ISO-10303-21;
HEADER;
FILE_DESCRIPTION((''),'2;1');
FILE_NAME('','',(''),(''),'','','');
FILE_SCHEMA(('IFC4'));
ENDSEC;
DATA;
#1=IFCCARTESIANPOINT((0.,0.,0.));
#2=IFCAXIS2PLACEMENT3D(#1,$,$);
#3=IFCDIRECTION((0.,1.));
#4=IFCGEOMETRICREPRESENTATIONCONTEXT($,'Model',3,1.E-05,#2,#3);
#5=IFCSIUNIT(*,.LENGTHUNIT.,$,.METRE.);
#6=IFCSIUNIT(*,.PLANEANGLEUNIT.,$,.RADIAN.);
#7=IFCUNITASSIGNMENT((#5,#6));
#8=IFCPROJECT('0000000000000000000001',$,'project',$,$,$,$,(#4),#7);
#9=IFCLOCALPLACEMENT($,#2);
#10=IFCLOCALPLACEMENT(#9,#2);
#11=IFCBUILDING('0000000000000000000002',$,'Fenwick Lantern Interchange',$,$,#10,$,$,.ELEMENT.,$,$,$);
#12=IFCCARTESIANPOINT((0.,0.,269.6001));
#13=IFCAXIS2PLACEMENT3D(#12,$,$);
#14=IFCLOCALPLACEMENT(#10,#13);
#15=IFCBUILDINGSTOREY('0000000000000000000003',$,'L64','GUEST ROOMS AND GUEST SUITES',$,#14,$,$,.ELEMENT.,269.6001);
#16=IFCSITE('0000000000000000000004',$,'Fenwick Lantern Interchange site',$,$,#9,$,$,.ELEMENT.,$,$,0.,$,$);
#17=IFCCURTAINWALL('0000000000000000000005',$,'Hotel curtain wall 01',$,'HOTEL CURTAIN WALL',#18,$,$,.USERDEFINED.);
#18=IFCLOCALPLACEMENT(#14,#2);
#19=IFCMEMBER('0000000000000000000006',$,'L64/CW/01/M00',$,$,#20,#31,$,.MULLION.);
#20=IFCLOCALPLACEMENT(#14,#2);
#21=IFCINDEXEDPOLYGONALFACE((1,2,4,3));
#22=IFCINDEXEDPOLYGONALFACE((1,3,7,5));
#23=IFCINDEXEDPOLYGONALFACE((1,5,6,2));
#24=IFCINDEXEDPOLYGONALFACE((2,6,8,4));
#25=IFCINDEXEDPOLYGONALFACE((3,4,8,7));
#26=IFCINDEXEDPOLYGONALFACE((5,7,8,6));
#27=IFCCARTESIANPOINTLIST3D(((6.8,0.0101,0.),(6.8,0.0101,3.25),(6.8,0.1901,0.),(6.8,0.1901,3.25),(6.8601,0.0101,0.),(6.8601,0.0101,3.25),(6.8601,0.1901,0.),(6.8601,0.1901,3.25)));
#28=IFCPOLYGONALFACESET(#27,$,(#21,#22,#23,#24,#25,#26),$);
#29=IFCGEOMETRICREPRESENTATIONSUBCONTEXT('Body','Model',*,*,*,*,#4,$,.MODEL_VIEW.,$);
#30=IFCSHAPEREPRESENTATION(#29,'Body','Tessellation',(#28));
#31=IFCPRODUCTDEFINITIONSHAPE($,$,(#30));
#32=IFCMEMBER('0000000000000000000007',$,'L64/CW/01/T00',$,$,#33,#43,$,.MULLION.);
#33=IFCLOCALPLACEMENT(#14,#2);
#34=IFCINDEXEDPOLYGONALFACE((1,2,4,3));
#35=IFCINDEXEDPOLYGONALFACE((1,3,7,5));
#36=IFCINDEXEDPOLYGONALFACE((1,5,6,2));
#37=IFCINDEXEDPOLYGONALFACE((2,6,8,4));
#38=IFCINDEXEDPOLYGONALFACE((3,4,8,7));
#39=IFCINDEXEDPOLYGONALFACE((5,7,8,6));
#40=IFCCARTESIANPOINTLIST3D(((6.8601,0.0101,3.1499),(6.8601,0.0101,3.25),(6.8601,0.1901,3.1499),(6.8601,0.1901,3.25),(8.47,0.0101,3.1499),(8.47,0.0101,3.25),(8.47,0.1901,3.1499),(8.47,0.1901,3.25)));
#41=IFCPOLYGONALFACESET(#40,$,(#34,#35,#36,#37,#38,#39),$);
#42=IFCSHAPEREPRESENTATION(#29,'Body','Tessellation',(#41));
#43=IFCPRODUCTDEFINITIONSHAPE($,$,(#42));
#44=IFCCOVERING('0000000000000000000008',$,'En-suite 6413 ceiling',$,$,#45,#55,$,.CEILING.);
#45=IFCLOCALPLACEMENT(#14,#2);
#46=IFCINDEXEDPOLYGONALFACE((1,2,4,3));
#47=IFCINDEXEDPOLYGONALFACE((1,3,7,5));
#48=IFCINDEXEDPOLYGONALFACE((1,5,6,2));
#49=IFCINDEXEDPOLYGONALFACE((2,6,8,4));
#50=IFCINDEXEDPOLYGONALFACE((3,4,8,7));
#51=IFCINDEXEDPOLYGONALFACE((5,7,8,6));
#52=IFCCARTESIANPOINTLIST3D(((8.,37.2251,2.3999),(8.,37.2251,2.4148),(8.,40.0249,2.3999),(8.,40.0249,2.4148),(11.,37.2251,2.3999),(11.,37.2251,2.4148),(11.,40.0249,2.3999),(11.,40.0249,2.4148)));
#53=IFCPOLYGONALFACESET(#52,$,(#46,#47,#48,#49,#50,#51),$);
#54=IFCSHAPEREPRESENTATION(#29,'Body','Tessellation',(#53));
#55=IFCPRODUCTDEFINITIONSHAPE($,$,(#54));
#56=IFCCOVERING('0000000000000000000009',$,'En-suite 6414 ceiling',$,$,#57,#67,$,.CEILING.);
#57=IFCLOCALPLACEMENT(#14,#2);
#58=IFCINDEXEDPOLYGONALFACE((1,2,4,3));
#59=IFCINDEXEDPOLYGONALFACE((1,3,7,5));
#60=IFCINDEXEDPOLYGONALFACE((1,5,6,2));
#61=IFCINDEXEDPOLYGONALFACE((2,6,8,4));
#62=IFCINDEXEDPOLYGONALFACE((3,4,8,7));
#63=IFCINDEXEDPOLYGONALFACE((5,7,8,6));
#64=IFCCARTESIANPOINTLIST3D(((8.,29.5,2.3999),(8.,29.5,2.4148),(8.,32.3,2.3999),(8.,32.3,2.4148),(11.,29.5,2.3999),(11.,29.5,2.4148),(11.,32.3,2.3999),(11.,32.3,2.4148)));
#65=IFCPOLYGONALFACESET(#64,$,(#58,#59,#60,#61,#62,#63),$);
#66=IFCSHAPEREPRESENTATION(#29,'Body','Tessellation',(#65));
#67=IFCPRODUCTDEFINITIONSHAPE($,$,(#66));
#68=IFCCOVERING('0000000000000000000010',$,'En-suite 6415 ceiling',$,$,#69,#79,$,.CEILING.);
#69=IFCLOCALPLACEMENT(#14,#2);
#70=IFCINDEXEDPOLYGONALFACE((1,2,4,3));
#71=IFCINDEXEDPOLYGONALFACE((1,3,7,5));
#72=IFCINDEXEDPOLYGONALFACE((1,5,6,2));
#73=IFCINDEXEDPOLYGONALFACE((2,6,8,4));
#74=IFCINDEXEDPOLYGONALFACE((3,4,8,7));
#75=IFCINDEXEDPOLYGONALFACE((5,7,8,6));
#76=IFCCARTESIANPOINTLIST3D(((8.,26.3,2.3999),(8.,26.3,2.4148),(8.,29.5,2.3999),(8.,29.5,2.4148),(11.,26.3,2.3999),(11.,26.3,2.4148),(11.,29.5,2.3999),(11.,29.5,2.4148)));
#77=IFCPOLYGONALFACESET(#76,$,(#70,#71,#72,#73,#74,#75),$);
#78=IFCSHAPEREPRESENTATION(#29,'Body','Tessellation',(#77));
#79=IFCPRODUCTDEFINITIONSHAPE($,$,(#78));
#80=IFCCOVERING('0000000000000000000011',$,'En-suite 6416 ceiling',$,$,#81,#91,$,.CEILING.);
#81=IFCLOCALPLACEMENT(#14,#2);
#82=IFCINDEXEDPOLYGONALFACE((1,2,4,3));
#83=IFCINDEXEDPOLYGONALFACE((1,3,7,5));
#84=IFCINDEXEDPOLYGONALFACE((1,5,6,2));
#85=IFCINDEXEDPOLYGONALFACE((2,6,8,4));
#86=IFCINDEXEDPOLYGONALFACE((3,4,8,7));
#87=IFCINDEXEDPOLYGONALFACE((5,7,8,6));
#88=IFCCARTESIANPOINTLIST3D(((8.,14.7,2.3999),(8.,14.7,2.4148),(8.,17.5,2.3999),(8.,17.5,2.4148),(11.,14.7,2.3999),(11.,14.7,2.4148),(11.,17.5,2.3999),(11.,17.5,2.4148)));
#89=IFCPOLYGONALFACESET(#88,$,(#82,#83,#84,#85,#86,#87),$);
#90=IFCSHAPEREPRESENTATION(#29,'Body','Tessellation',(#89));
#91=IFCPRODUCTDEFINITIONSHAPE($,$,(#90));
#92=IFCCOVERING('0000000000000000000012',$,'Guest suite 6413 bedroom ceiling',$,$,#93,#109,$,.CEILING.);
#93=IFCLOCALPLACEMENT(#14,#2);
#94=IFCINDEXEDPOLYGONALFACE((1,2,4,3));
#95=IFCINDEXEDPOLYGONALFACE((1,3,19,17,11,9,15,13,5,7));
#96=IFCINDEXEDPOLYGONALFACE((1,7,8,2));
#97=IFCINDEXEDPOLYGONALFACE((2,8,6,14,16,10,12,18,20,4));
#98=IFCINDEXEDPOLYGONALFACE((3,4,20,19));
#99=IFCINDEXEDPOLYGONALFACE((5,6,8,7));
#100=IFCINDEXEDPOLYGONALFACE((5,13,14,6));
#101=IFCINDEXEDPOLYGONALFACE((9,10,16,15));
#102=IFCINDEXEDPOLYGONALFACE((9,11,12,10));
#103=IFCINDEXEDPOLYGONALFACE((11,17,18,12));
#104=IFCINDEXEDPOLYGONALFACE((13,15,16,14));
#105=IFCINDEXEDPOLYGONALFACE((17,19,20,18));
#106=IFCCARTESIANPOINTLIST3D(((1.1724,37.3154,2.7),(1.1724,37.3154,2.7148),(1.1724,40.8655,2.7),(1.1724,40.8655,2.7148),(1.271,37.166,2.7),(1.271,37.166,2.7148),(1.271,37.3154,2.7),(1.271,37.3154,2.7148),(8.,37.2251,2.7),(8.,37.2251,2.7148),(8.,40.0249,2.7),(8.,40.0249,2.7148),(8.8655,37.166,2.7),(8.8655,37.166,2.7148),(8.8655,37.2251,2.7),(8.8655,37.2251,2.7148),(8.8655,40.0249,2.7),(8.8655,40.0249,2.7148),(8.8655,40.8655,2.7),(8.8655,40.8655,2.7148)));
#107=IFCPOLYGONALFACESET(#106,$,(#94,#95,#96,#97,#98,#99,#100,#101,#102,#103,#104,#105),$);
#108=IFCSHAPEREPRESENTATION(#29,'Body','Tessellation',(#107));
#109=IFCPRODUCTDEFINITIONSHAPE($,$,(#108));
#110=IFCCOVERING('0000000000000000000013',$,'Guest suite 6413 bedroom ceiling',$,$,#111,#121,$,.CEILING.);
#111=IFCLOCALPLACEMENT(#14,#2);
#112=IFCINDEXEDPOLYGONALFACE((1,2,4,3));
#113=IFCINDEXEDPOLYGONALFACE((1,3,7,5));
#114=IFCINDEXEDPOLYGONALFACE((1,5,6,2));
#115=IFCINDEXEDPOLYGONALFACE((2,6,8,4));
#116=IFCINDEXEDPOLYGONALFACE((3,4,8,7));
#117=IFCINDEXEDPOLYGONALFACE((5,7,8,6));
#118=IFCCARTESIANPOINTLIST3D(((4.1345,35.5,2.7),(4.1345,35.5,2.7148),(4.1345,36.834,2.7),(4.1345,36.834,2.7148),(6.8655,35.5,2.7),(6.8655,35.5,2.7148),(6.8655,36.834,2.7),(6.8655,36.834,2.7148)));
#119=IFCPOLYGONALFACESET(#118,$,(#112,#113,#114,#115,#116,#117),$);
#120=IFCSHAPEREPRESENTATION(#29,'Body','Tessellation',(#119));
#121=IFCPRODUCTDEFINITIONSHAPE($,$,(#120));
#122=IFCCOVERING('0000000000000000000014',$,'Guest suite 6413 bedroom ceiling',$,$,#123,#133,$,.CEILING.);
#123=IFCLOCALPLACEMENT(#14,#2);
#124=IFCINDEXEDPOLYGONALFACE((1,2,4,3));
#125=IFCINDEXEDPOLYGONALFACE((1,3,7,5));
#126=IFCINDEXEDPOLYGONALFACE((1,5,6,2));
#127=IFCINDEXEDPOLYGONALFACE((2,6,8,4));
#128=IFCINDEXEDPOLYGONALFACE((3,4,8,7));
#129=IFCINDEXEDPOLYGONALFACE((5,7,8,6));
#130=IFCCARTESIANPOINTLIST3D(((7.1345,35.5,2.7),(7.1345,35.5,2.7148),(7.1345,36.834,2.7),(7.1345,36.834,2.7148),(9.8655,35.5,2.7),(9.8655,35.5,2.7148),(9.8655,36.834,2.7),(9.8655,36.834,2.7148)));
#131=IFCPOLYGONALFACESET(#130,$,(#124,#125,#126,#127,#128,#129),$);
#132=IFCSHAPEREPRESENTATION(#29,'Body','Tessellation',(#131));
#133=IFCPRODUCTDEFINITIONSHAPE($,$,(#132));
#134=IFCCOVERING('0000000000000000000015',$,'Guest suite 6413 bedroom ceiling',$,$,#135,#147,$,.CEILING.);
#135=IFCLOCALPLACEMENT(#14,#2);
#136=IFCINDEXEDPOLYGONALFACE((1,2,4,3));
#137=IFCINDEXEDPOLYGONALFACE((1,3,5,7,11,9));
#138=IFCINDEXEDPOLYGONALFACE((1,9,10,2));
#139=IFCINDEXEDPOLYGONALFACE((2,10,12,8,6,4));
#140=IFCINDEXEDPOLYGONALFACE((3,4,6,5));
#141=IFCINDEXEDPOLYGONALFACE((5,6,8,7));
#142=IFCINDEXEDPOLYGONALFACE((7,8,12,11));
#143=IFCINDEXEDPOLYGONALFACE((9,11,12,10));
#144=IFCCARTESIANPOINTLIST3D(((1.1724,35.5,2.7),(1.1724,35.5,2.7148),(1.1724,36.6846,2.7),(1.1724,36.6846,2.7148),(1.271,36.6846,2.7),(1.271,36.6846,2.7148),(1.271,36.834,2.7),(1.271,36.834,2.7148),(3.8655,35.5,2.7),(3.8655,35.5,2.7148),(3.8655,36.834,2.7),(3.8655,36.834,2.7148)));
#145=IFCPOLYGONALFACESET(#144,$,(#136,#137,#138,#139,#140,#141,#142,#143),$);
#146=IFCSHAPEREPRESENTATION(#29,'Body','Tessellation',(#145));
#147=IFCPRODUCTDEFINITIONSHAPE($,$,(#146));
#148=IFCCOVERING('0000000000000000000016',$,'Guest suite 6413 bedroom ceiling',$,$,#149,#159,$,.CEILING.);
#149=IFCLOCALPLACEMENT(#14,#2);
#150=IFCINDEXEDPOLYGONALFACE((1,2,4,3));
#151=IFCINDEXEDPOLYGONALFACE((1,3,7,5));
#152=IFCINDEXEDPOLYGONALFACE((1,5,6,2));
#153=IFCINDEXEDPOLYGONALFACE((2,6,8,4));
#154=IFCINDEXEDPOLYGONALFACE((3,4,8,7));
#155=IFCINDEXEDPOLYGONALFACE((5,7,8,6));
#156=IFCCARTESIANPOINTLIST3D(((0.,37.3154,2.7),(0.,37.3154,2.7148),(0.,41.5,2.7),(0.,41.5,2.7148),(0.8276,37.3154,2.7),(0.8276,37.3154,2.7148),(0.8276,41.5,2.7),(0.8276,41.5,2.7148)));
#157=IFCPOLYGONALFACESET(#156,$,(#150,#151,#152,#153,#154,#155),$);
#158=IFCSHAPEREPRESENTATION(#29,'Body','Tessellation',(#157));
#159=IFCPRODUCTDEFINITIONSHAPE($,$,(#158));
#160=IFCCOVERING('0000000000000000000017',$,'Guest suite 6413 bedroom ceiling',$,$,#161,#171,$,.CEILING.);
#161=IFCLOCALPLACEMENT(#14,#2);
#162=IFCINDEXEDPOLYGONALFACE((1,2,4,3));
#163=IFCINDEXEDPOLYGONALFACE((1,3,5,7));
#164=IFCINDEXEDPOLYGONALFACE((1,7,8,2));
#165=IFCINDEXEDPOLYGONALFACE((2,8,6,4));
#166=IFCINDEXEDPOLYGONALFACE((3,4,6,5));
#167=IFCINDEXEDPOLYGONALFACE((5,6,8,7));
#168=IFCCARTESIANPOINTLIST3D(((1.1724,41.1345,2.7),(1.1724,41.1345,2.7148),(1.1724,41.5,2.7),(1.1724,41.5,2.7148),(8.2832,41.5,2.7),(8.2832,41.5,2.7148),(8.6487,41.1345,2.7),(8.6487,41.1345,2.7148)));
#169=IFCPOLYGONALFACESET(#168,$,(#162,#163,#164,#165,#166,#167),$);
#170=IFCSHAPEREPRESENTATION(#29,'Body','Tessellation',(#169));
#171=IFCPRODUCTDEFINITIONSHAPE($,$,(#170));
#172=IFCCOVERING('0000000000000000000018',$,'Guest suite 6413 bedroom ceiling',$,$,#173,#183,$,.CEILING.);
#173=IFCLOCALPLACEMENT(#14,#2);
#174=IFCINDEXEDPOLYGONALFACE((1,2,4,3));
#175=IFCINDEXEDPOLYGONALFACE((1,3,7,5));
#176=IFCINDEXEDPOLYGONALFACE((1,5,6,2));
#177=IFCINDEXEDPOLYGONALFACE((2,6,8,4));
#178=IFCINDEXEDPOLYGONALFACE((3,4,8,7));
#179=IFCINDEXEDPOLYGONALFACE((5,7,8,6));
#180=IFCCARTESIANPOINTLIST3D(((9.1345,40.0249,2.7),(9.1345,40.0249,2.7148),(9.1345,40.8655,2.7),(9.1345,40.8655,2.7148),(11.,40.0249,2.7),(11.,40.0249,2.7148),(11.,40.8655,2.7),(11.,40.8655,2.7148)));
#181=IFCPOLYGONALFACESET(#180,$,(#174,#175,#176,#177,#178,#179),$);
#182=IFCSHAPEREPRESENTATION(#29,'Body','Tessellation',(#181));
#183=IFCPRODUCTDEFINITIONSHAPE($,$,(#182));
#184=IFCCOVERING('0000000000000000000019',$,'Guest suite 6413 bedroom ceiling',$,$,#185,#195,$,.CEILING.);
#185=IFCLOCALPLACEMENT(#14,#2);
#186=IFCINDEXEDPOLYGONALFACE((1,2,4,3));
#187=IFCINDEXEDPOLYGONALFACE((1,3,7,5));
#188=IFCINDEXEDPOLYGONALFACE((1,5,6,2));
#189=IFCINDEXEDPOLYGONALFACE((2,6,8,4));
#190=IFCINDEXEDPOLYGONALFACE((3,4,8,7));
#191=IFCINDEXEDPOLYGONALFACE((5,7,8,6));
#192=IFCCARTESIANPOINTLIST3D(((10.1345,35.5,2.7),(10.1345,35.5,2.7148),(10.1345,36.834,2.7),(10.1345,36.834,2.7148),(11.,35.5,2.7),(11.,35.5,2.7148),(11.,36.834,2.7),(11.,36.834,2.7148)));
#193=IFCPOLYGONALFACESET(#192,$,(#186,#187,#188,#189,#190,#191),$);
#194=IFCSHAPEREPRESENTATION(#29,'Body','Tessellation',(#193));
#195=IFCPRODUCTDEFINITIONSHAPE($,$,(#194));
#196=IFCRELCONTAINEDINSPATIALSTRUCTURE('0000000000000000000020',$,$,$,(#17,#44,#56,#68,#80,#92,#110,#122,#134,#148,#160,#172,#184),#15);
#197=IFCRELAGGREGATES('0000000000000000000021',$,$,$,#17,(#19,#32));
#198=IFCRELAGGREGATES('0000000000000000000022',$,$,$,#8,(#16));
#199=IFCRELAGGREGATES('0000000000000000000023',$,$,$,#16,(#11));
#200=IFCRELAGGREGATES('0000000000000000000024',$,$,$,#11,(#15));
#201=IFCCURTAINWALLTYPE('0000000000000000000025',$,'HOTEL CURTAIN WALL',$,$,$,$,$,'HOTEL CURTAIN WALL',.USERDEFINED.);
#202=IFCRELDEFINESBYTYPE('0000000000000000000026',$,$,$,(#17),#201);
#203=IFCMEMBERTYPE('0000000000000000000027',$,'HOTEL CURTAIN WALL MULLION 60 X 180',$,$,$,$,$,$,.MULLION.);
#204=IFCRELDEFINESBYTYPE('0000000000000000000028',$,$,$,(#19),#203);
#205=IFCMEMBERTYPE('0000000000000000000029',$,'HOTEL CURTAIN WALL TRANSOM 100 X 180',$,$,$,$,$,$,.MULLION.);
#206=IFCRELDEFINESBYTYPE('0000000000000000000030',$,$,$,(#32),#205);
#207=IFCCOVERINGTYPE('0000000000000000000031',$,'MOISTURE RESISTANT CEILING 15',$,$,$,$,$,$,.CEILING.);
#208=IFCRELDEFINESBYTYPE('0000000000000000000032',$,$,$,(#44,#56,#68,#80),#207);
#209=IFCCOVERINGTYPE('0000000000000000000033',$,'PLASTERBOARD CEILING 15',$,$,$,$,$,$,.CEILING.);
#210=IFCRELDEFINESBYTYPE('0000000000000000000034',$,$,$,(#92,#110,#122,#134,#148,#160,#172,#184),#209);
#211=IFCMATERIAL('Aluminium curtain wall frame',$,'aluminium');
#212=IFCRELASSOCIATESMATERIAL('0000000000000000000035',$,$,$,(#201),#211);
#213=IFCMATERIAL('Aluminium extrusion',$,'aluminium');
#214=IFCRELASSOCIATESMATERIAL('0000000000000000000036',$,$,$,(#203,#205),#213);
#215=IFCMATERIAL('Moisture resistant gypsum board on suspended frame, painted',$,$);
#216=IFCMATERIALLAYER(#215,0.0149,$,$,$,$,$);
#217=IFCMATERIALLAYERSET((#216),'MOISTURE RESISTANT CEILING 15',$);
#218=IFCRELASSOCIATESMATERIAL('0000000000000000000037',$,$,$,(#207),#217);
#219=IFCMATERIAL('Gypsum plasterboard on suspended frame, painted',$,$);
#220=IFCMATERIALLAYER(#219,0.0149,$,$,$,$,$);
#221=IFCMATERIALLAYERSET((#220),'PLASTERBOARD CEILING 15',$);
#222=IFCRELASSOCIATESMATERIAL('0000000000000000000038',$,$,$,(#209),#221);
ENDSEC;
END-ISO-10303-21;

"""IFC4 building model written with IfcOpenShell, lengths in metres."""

from ifc_helpers import new_model, si_unit, direction, frame, origin, origin_2d, place, context, subcontext, project, spatial, polyline, rectangle, outline, extrude, material, layer, layer_set, material_profile, profile_set, type_object, element, aggregate, save


model = new_model("IFC4")

# Units and contexts
model_context = context("Model", 3, precision=1e-05, world=origin(), true_north=direction((0.0, 1.0)))
body_context = subcontext(model_context, "Body", "Model", "MODEL_VIEW")
ifc_project = project(units=[si_unit("LENGTHUNIT", "METRE"), si_unit("PLANEANGLEUNIT", "RADIAN")], contexts=[model_context])

# Site, building, storey
site_placement = place(None, origin())
site = spatial("IfcSite", under=ifc_project, at=site_placement, Name="Fenwick Lantern Interchange site", CompositionType="ELEMENT", RefElevation=0.0)
building_placement = place(site_placement, origin())
building = spatial("IfcBuilding", under=site, at=building_placement, Name="Fenwick Lantern Interchange", CompositionType="ELEMENT")
storey_placement = place(building_placement, frame((0.0, 0.0, 269.6001)))
storey = spatial("IfcBuildingStorey", under=building, at=storey_placement, Name="L64", Description="GUEST ROOMS AND GUEST SUITES", CompositionType="ELEMENT", Elevation=269.6001)

# Curtain wall, members
ifc_material_1 = material(Name="Aluminium curtain wall frame", Category="aluminium")
curtain_wall_type = type_object("IfcCurtainWallType", Name="HOTEL CURTAIN WALL", ElementType="HOTEL CURTAIN WALL", PredefinedType="USERDEFINED", material=ifc_material_1)
curtain_wall_placement = place(storey_placement, origin())
curtain_wall = element("IfcCurtainWall", 1, at=curtain_wall_placement, inside=storey, type_object=curtain_wall_type, Name="Hotel curtain wall 01", ObjectType="HOTEL CURTAIN WALL", PredefinedType="USERDEFINED")
ifc_material_2 = material(Name="Aluminium extrusion", Category="aluminium")
ifc_material_profile_1 = material_profile(ifc_material_2, rectangle(XDim=0.1799, YDim=0.0601, at=origin_2d()), Name="HOTEL CURTAIN WALL MULLION 60 X 180")
ifc_profile_set_1 = profile_set([ifc_material_profile_1], Name="Aluminium extrusion")
member_type_1 = type_object("IfcMemberType", Name="HOTEL CURTAIN WALL MULLION 60 X 180", PredefinedType="MULLION", material=ifc_profile_set_1)
member_1_placement = place(storey_placement, frame((6.8301, 0.1001, 0.0), z_axis=(0.0, 0.0, 1.0), x_axis=(0.0, 1.0, 0.0)))
member_1 = element("IfcMember", 2, at=member_1_placement, type_object=member_type_1, Name="L64/CW/01/M00", PredefinedType="MULLION", context=body_context, shape_type="SweptSolid", body=[
    extrude(rectangle(XDim=0.1799, YDim=0.0601, at=origin_2d()), origin(), (0.0, 0.0, 1.0), 3.25),
])
ifc_material_profile_2 = material_profile(ifc_material_2, rectangle(XDim=0.1799, YDim=0.1001, at=origin_2d()), Name="HOTEL CURTAIN WALL TRANSOM 100 X 180")
ifc_profile_set_2 = profile_set([ifc_material_profile_2], Name="Aluminium extrusion")
member_type_2 = type_object("IfcMemberType", Name="HOTEL CURTAIN WALL TRANSOM 100 X 180", PredefinedType="MULLION", material=ifc_profile_set_2)
member_2_placement = place(storey_placement, frame((6.8601, 0.1001, 3.2), z_axis=(1.0, 0.0, 0.0), x_axis=(0.0, 1.0, 0.0)))
member_2 = element("IfcMember", 3, at=member_2_placement, type_object=member_type_2, Name="L64/CW/01/T00", PredefinedType="MULLION", context=body_context, shape_type="SweptSolid", body=[
    extrude(rectangle(XDim=0.1799, YDim=0.1001, at=origin_2d()), origin(), (0.0, 0.0, 1.0), 1.6099),
])
aggregate(curtain_wall, [member_1, member_2])

# Coverings
ifc_material_3 = material(Name="Moisture resistant gypsum board on suspended frame, painted")
ifc_layer_1 = layer(ifc_material_3, 0.0149)
ifc_layer_set_1 = layer_set([ifc_layer_1], Name="MOISTURE RESISTANT CEILING 15")
covering_type_1 = type_object("IfcCoveringType", Name="MOISTURE RESISTANT CEILING 15", PredefinedType="CEILING", material=ifc_layer_set_1)
covering_1_placement = place(storey_placement, frame((0.0, 0.0, 2.3999)))
element("IfcCovering", 4, at=covering_1_placement, inside=storey, type_object=covering_type_1, Name="En-suite 6413 ceiling", PredefinedType="CEILING", context=body_context, shape_type="SweptSolid", body=[
    extrude(outline(polyline([(8.0, 40.0249), (8.0, 37.2251), (11.0, 37.2251), (11.0, 40.0249), (8.0, 40.0249)])), origin(), (0.0, 0.0, 1.0), 0.0149),
])
covering_2_placement = place(storey_placement, frame((0.0, 0.0, 2.3999)))
element("IfcCovering", 5, at=covering_2_placement, inside=storey, type_object=covering_type_1, Name="En-suite 6414 ceiling", PredefinedType="CEILING", context=body_context, shape_type="SweptSolid", body=[
    extrude(outline(polyline([(8.0, 32.3), (8.0, 29.5), (11.0, 29.5), (11.0, 32.3), (8.0, 32.3)])), origin(), (0.0, 0.0, 1.0), 0.0149),
])
covering_3_placement = place(storey_placement, frame((0.0, 0.0, 2.3999)))
element("IfcCovering", 6, at=covering_3_placement, inside=storey, type_object=covering_type_1, Name="En-suite 6415 ceiling", PredefinedType="CEILING", context=body_context, shape_type="SweptSolid", body=[
    extrude(outline(polyline([(8.0, 29.5), (8.0, 26.3), (11.0, 26.3), (11.0, 29.5), (8.0, 29.5)])), origin(), (0.0, 0.0, 1.0), 0.0149),
])
covering_4_placement = place(storey_placement, frame((0.0, 0.0, 2.3999)))
element("IfcCovering", 7, at=covering_4_placement, inside=storey, type_object=covering_type_1, Name="En-suite 6416 ceiling", PredefinedType="CEILING", context=body_context, shape_type="SweptSolid", body=[
    extrude(outline(polyline([(8.0, 17.5), (8.0, 14.7), (11.0, 14.7), (11.0, 17.5), (8.0, 17.5)])), origin(), (0.0, 0.0, 1.0), 0.0149),
])
ifc_material_4 = material(Name="Gypsum plasterboard on suspended frame, painted")
ifc_layer_2 = layer(ifc_material_4, 0.0149)
ifc_layer_set_2 = layer_set([ifc_layer_2], Name="PLASTERBOARD CEILING 15")
covering_type_2 = type_object("IfcCoveringType", Name="PLASTERBOARD CEILING 15", PredefinedType="CEILING", material=ifc_layer_set_2)
covering_5_placement = place(storey_placement, frame((0.0, 0.0, 2.7)))
element("IfcCovering", 8, at=covering_5_placement, inside=storey, type_object=covering_type_2, Name="Guest suite 6413 bedroom ceiling", PredefinedType="CEILING", context=body_context, shape_type="SweptSolid", body=[
    extrude(outline(polyline([(1.271, 37.3154), (1.271, 37.166), (8.8655, 37.166), (8.8655, 37.2251), (8.0, 37.2251), (8.0, 40.0249), (8.8655, 40.0249), (8.8655, 40.8655), (1.1724, 40.8655), (1.1724, 37.3154), (1.271, 37.3154)])), origin(), (0.0, 0.0, 1.0), 0.0149),
])
covering_6_placement = place(storey_placement, frame((0.0, 0.0, 2.7)))
element("IfcCovering", 9, at=covering_6_placement, inside=storey, type_object=covering_type_2, Name="Guest suite 6413 bedroom ceiling", PredefinedType="CEILING", context=body_context, shape_type="SweptSolid", body=[
    extrude(outline(polyline([(4.1345, 35.5), (6.8655, 35.5), (6.8655, 36.834), (4.1345, 36.834), (4.1345, 35.5)])), origin(), (0.0, 0.0, 1.0), 0.0149),
])
covering_7_placement = place(storey_placement, frame((0.0, 0.0, 2.7)))
element("IfcCovering", 10, at=covering_7_placement, inside=storey, type_object=covering_type_2, Name="Guest suite 6413 bedroom ceiling", PredefinedType="CEILING", context=body_context, shape_type="SweptSolid", body=[
    extrude(outline(polyline([(7.1345, 35.5), (9.8655, 35.5), (9.8655, 36.834), (7.1345, 36.834), (7.1345, 35.5)])), origin(), (0.0, 0.0, 1.0), 0.0149),
])
covering_8_placement = place(storey_placement, frame((0.0, 0.0, 2.7)))
element("IfcCovering", 11, at=covering_8_placement, inside=storey, type_object=covering_type_2, Name="Guest suite 6413 bedroom ceiling", PredefinedType="CEILING", context=body_context, shape_type="SweptSolid", body=[
    extrude(outline(polyline([(1.271, 36.6846), (1.1724, 36.6846), (1.1724, 35.5), (3.8655, 35.5), (3.8655, 36.834), (1.271, 36.834), (1.271, 36.6846)])), origin(), (0.0, 0.0, 1.0), 0.0149),
])
covering_9_placement = place(storey_placement, frame((0.0, 0.0, 2.7)))
element("IfcCovering", 12, at=covering_9_placement, inside=storey, type_object=covering_type_2, Name="Guest suite 6413 bedroom ceiling", PredefinedType="CEILING", context=body_context, shape_type="SweptSolid", body=[
    extrude(outline(polyline([(0.0, 37.3154), (0.8276, 37.3154), (0.8276, 41.5), (0.0, 41.5), (0.0, 37.3154)])), origin(), (0.0, 0.0, 1.0), 0.0149),
])
covering_10_placement = place(storey_placement, frame((0.0, 0.0, 2.7)))
element("IfcCovering", 13, at=covering_10_placement, inside=storey, type_object=covering_type_2, Name="Guest suite 6413 bedroom ceiling", PredefinedType="CEILING", context=body_context, shape_type="SweptSolid", body=[
    extrude(outline(polyline([(8.2832, 41.5), (1.1724, 41.5), (1.1724, 41.1345), (8.6487, 41.1345), (8.2832, 41.5)])), origin(), (0.0, 0.0, 1.0), 0.0149),
])
covering_11_placement = place(storey_placement, frame((0.0, 0.0, 2.7)))
element("IfcCovering", 14, at=covering_11_placement, inside=storey, type_object=covering_type_2, Name="Guest suite 6413 bedroom ceiling", PredefinedType="CEILING", context=body_context, shape_type="SweptSolid", body=[
    extrude(outline(polyline([(11.0, 40.0249), (11.0, 40.8655), (9.1345, 40.8655), (9.1345, 40.0249), (11.0, 40.0249)])), origin(), (0.0, 0.0, 1.0), 0.0149),
])
covering_12_placement = place(storey_placement, frame((0.0, 0.0, 2.7)))
element("IfcCovering", 15, at=covering_12_placement, inside=storey, type_object=covering_type_2, Name="Guest suite 6413 bedroom ceiling", PredefinedType="CEILING", context=body_context, shape_type="SweptSolid", body=[
    extrude(outline(polyline([(11.0, 35.5), (11.0, 36.834), (10.1345, 36.834), (10.1345, 35.5), (11.0, 35.5)])), origin(), (0.0, 0.0, 1.0), 0.0149),
])

save(model, "model.ifc")
